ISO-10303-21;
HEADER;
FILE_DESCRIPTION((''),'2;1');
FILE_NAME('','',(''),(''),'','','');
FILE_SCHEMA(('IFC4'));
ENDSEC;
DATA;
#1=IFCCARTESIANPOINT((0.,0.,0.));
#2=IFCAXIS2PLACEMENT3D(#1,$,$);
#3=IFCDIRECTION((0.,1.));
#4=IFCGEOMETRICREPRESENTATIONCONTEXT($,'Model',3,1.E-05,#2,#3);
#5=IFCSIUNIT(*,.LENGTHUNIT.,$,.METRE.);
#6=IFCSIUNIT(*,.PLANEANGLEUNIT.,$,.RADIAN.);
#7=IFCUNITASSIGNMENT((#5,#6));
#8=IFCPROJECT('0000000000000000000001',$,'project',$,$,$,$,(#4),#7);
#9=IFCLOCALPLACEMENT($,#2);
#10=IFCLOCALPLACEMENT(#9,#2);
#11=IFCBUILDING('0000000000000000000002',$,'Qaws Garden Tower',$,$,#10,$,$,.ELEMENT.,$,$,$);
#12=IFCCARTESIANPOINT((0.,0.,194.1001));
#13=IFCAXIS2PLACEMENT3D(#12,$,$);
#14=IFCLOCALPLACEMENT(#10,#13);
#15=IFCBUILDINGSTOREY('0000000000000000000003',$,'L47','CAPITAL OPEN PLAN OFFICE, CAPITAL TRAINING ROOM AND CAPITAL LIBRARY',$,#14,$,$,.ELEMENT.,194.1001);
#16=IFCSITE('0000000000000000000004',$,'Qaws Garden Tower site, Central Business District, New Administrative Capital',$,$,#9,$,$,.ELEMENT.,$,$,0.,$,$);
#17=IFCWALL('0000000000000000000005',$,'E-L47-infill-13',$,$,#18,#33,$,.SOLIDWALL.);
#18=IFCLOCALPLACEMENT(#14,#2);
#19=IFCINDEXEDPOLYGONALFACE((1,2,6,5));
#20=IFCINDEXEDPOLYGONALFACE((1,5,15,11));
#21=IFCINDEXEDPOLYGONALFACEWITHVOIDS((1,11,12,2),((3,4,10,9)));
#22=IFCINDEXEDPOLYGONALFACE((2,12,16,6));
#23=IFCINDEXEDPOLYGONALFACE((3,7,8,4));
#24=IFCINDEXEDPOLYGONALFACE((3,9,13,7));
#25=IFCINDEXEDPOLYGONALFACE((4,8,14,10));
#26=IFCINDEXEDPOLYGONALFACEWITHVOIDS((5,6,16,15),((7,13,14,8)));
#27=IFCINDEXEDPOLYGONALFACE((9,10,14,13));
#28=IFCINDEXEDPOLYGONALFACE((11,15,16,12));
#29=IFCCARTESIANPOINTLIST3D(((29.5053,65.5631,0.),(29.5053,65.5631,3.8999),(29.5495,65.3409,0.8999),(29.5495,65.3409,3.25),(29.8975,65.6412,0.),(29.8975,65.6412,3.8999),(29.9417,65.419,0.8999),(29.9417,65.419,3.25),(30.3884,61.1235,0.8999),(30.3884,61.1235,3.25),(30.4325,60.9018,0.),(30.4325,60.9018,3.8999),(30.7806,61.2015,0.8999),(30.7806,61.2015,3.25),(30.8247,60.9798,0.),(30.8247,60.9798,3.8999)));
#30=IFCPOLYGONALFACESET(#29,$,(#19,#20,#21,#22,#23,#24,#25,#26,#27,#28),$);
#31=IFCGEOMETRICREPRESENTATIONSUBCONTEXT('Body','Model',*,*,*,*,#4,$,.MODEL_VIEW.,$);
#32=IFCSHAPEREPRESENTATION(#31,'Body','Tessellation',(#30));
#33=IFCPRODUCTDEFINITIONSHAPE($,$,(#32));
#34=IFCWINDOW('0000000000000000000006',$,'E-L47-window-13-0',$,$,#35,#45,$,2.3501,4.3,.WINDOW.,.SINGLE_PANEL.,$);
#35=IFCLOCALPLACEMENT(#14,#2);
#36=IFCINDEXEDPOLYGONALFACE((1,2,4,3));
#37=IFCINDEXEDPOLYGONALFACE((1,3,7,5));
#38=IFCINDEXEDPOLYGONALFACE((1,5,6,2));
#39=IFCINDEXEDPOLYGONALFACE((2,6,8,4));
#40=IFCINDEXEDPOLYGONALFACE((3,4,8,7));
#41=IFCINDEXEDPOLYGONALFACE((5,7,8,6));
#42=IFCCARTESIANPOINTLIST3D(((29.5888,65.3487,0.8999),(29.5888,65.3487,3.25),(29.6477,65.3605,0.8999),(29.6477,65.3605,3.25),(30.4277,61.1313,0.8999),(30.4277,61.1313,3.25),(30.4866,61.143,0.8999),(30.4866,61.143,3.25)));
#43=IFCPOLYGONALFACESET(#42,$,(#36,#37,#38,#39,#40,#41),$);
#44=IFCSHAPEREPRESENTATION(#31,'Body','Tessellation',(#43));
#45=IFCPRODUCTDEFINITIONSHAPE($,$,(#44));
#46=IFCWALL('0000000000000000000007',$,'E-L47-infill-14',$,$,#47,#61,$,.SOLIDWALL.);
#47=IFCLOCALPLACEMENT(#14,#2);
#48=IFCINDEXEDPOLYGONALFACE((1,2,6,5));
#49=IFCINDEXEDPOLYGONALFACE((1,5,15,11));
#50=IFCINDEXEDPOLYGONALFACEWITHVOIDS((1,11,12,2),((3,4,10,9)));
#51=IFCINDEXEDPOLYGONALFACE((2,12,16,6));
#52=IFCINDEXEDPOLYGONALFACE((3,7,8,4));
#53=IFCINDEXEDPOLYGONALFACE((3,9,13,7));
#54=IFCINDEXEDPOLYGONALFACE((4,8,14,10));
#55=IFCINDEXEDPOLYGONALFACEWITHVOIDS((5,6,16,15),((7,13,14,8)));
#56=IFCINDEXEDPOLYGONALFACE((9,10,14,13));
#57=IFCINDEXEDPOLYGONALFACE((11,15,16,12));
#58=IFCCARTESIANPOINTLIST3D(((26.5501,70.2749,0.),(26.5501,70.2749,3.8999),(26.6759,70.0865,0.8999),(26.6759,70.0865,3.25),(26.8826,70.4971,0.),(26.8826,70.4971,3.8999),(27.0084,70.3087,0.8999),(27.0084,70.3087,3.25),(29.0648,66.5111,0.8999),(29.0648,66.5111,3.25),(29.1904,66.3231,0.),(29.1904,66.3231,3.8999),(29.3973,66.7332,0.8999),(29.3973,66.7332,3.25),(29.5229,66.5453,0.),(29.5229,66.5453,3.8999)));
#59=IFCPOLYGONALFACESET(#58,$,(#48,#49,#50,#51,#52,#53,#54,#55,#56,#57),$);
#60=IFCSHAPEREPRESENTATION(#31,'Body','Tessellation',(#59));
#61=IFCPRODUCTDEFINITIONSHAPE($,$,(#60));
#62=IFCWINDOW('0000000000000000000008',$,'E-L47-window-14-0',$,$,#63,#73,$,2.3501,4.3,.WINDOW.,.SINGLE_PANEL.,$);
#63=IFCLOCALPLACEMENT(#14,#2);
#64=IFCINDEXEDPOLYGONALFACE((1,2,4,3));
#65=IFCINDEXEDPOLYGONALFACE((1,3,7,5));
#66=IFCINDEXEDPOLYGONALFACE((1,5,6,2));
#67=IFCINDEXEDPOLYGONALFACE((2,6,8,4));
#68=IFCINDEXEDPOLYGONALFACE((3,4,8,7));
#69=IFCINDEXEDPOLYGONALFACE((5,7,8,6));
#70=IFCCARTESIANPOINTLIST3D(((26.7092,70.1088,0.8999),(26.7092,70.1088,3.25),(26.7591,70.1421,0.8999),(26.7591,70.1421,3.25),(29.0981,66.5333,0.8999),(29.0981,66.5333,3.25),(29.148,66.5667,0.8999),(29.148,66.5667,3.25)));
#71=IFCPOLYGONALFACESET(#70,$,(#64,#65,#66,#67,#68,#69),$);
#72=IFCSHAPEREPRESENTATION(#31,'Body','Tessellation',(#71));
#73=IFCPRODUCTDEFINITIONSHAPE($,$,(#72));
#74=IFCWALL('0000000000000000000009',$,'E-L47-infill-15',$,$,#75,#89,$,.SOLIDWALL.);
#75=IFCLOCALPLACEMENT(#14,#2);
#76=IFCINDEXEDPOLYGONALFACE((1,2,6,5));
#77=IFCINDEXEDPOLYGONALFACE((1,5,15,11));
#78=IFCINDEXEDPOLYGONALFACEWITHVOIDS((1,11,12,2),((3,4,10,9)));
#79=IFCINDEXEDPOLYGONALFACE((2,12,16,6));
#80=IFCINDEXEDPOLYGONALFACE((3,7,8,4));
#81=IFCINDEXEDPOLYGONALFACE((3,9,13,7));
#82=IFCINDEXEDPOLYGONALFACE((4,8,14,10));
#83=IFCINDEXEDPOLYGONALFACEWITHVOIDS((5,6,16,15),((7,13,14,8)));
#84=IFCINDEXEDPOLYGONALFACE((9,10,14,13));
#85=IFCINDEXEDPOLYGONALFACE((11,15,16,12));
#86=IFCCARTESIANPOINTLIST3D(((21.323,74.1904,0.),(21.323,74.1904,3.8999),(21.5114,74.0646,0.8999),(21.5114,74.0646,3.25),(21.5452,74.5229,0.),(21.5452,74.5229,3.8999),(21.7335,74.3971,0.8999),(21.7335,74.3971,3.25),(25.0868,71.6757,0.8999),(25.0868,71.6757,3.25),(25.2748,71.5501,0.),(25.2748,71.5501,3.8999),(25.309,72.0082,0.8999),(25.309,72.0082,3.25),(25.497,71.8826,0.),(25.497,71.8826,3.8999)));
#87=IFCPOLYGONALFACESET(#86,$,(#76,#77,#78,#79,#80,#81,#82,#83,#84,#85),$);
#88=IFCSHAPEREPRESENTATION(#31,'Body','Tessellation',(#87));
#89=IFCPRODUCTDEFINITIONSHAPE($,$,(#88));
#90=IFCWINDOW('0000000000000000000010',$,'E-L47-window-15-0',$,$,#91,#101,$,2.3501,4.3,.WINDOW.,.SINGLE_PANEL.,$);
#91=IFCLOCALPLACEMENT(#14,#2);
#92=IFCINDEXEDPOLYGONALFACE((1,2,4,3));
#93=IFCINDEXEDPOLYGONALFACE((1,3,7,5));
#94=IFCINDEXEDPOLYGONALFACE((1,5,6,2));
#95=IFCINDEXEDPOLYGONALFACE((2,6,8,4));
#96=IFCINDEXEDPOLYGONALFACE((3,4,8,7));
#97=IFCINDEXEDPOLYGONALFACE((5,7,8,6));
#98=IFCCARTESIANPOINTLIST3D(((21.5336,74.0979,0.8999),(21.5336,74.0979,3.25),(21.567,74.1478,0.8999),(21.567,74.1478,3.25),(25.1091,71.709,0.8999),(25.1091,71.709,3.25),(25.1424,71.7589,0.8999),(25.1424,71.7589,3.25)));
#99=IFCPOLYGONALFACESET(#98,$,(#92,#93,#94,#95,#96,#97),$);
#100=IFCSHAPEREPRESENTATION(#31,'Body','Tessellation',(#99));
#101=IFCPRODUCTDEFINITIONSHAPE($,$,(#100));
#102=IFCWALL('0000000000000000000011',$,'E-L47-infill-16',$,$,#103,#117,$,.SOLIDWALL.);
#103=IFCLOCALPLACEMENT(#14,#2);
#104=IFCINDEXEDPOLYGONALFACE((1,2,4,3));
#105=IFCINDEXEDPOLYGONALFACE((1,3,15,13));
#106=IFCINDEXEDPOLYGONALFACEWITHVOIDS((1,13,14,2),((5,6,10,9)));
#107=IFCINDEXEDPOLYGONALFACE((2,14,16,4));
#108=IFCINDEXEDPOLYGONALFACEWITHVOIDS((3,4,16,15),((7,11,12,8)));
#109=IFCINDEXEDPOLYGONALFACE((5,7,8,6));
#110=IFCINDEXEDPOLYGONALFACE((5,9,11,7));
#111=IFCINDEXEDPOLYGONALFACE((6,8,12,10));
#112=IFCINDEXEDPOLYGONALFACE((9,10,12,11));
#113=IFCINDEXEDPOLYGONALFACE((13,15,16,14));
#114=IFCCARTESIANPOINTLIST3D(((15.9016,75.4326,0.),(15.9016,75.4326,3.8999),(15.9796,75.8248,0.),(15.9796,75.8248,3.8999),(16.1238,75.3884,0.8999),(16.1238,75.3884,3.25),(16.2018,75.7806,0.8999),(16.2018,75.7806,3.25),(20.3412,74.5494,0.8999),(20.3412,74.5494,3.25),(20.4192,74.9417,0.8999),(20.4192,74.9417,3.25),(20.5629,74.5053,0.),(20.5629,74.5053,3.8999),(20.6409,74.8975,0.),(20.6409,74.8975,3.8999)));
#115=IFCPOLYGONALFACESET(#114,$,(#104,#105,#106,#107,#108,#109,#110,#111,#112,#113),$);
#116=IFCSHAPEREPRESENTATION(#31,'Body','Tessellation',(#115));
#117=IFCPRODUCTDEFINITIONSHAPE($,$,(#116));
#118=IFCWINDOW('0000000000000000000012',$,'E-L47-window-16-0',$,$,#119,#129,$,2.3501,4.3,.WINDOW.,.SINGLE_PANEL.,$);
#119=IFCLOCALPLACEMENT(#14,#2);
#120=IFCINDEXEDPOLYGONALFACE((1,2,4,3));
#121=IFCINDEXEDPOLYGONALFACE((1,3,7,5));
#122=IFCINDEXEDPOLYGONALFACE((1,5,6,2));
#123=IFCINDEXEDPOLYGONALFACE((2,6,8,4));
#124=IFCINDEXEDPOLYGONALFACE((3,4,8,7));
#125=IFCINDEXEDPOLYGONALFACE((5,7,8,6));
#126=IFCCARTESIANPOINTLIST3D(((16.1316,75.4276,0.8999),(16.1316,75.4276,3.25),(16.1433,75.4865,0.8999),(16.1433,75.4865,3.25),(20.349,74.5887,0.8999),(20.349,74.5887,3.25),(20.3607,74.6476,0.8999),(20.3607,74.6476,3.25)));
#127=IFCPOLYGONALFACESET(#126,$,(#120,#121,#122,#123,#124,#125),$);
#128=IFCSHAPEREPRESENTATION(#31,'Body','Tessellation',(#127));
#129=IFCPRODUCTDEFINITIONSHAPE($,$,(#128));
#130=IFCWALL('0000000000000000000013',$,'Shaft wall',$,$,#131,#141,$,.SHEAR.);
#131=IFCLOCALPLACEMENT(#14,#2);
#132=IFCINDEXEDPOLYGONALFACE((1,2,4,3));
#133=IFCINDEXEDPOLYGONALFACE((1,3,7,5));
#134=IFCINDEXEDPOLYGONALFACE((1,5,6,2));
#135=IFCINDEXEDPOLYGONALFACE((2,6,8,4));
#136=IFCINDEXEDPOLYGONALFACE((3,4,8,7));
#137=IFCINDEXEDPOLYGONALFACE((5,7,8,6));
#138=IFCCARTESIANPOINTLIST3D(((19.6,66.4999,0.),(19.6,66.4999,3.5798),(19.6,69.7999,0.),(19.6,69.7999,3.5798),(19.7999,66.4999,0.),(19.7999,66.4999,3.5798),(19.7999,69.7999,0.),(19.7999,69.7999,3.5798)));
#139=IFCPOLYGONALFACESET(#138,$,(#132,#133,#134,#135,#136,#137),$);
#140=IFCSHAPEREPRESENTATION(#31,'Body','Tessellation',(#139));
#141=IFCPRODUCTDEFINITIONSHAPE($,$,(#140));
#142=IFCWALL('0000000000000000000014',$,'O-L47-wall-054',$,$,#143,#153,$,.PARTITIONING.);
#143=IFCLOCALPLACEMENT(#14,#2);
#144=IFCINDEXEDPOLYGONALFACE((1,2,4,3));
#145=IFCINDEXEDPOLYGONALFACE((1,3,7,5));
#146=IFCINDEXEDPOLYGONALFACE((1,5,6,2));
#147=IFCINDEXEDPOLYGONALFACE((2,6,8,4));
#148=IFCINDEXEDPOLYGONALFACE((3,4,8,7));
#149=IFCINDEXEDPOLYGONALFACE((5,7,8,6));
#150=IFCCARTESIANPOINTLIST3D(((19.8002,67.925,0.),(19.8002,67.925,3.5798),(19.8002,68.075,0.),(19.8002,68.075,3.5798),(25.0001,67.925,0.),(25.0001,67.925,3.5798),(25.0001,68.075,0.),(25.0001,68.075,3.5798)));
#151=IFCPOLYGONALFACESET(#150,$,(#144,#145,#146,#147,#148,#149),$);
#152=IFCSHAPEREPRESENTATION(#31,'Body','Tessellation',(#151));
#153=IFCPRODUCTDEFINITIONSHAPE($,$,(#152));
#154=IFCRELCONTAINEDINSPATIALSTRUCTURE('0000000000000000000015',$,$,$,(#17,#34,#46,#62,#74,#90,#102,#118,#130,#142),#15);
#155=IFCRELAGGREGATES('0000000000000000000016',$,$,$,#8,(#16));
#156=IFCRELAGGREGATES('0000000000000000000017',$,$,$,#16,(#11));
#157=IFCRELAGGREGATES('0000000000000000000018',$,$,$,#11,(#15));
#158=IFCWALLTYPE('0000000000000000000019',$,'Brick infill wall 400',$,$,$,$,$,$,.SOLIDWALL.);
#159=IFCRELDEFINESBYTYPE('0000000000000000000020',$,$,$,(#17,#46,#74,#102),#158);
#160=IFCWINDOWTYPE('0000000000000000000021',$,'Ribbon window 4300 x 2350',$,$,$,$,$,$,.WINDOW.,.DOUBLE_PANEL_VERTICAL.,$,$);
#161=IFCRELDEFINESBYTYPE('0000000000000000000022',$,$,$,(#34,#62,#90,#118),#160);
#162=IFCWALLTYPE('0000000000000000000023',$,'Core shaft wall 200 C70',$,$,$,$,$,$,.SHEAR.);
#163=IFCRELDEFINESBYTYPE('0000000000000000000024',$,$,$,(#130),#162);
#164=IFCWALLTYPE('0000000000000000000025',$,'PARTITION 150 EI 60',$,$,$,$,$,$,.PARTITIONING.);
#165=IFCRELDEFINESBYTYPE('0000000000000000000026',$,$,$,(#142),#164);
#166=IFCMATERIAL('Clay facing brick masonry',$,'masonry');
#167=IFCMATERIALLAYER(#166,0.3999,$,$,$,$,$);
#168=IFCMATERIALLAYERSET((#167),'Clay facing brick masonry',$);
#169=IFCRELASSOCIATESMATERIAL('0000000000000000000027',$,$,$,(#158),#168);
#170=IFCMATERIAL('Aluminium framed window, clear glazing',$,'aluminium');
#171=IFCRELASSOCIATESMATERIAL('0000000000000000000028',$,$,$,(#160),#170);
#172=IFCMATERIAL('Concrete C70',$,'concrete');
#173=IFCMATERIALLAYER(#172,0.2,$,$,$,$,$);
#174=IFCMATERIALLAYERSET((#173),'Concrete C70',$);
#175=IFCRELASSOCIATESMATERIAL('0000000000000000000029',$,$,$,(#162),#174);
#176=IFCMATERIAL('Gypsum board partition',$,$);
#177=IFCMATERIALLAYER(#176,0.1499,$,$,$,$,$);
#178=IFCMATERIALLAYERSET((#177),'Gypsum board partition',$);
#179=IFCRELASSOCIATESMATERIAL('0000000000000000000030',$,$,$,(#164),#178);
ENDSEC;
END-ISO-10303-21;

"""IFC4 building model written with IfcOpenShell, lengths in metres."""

from ifc_helpers import new_model, si_unit, direction, frame, frame_2d, origin, place, context, subcontext, project, spatial, rectangle, extrude, material, layer, layer_set, type_object, element, fill, save


model = new_model("IFC4")

# Units and contexts
model_context = context("Model", 3, precision=1e-05, world=origin(), true_north=direction((0.0, 1.0)))
body_context = subcontext(model_context, "Body", "Model", "MODEL_VIEW")
ifc_project = project(units=[si_unit("LENGTHUNIT", "METRE"), si_unit("PLANEANGLEUNIT", "RADIAN")], contexts=[model_context])

# Site, building, storey
site_placement = place(None, origin())
site = spatial("IfcSite", under=ifc_project, at=site_placement, Name="Qaws Garden Tower site, Central Business District, New Administrative Capital", CompositionType="ELEMENT", RefElevation=0.0)
building_placement = place(site_placement, origin())
building = spatial("IfcBuilding", under=site, at=building_placement, Name="Qaws Garden Tower", CompositionType="ELEMENT")
storey_placement = place(building_placement, frame((0.0, 0.0, 194.1001)))
storey = spatial("IfcBuildingStorey", under=building, at=storey_placement, Name="L47", Description="CAPITAL OPEN PLAN OFFICE, CAPITAL TRAINING ROOM AND CAPITAL LIBRARY", CompositionType="ELEMENT", Elevation=194.1001)

# Walls, openings, windows
ifc_material_1 = material(Name="Clay facing brick masonry", Category="masonry")
ifc_layer_1 = layer(ifc_material_1, 0.3999)
ifc_layer_set_1 = layer_set([ifc_layer_1], Name="Clay facing brick masonry")
wall_type_1 = type_object("IfcWallType", Name="Brick infill wall 400", PredefinedType="SOLIDWALL", material=ifc_layer_set_1)
wall_1_placement = place(storey_placement, frame((30.6287, 60.9407, 0.0), z_axis=(0.0, 0.0, 1.0), x_axis=(-0.195099, 0.980784, 0.0)))
wall_1 = element("IfcWall", 1, at=wall_1_placement, inside=storey, type_object=wall_type_1, Name="E-L47-infill-13", PredefinedType="SOLIDWALL", context=body_context, shape_type="SweptSolid", body=[
    extrude(rectangle(XDim=4.7527, YDim=0.3999, at=frame_2d((2.3765, 0.0))), origin(), (0.0, 0.0, 1.0), 3.8999),
])
opening_1_placement = place(wall_1_placement, frame((0.2263, 0.0, 0.8999)))
opening_1 = element("IfcOpeningElement", 2, at=opening_1_placement, cuts=wall_1, PredefinedType="OPENING", context=body_context, shape_type="SweptSolid", body=[
    extrude(rectangle(XDim=4.3, YDim=2.3501, at=frame_2d((2.1499, 1.175))), frame((0.0, 0.21, 0.0), z_axis=(0.0, -1.0, 0.0), x_axis=(1.0, 0.0, 0.0)), (0.0, 0.0, 1.0), 0.4199),
])
ifc_material_2 = material(Name="Aluminium framed window, clear glazing", Category="aluminium")
window_type = type_object("IfcWindowType", Name="Ribbon window 4300 x 2350", PartitioningType="DOUBLE_PANEL_VERTICAL", PredefinedType="WINDOW", material=ifc_material_2)
window_1_placement = place(opening_1_placement, origin())
window_1 = element("IfcWindow", 3, at=window_1_placement, inside=storey, type_object=window_type, Name="E-L47-window-13-0", OverallHeight=2.3501, OverallWidth=4.3, PartitioningType="SINGLE_PANEL", PredefinedType="WINDOW", context=body_context, shape_type="SweptSolid", body=[
    extrude(rectangle(XDim=4.3, YDim=2.3501, at=frame_2d((2.1499, 1.175))), frame((0.0, 0.1599, 0.0), z_axis=(0.0, -1.0, 0.0), x_axis=(1.0, 0.0, 0.0)), (0.0, 0.0, 1.0), 0.0601),
])
fill(opening_1, window_1)
wall_2_placement = place(storey_placement, frame((29.3567, 66.4341, 0.0), z_axis=(0.0, 0.0, 1.0), x_axis=(-0.555542, 0.831489, 0.0)))
wall_2 = element("IfcWall", 4, at=wall_2_placement, inside=storey, type_object=wall_type_1, Name="E-L47-infill-14", PredefinedType="SOLIDWALL", context=body_context, shape_type="SweptSolid", body=[
    extrude(rectangle(XDim=4.7527, YDim=0.3999, at=frame_2d((2.3765, 0.0))), origin(), (0.0, 0.0, 1.0), 3.8999),
])
opening_2_placement = place(wall_2_placement, frame((0.2263, 0.0, 0.8999)))
opening_2 = element("IfcOpeningElement", 5, at=opening_2_placement, cuts=wall_2, PredefinedType="OPENING", context=body_context, shape_type="SweptSolid", body=[
    extrude(rectangle(XDim=4.3, YDim=2.3501, at=frame_2d((2.1499, 1.175))), frame((0.0, 0.21, 0.0), z_axis=(0.0, -1.0, 0.0), x_axis=(1.0, 0.0, 0.0)), (0.0, 0.0, 1.0), 0.4199),
])
window_2_placement = place(opening_2_placement, origin())
window_2 = element("IfcWindow", 6, at=window_2_placement, inside=storey, type_object=window_type, Name="E-L47-window-14-0", OverallHeight=2.3501, OverallWidth=4.3, PartitioningType="SINGLE_PANEL", PredefinedType="WINDOW", context=body_context, shape_type="SweptSolid", body=[
    extrude(rectangle(XDim=4.3, YDim=2.3501, at=frame_2d((2.1499, 1.175))), frame((0.0, 0.1599, 0.0), z_axis=(0.0, -1.0, 0.0), x_axis=(1.0, 0.0, 0.0)), (0.0, 0.0, 1.0), 0.0601),
])
fill(opening_2, window_2)
wall_3_placement = place(storey_placement, frame((25.386, 71.7163, 0.0), z_axis=(0.0, 0.0, 1.0), x_axis=(-0.831489, 0.555542, 0.0)))
wall_3 = element("IfcWall", 7, at=wall_3_placement, inside=storey, type_object=wall_type_1, Name="E-L47-infill-15", PredefinedType="SOLIDWALL", context=body_context, shape_type="SweptSolid", body=[
    extrude(rectangle(XDim=4.7527, YDim=0.3999, at=frame_2d((2.3765, 0.0))), origin(), (0.0, 0.0, 1.0), 3.8999),
])
opening_3_placement = place(wall_3_placement, frame((0.2263, 0.0, 0.8999)))
opening_3 = element("IfcOpeningElement", 8, at=opening_3_placement, cuts=wall_3, PredefinedType="OPENING", context=body_context, shape_type="SweptSolid", body=[
    extrude(rectangle(XDim=4.3, YDim=2.3501, at=frame_2d((2.1499, 1.175))), frame((0.0, 0.21, 0.0), z_axis=(0.0, -1.0, 0.0), x_axis=(1.0, 0.0, 0.0)), (0.0, 0.0, 1.0), 0.4199),
])
window_3_placement = place(opening_3_placement, origin())
window_3 = element("IfcWindow", 9, at=window_3_placement, inside=storey, type_object=window_type, Name="E-L47-window-15-0", OverallHeight=2.3501, OverallWidth=4.3, PartitioningType="SINGLE_PANEL", PredefinedType="WINDOW", context=body_context, shape_type="SweptSolid", body=[
    extrude(rectangle(XDim=4.3, YDim=2.3501, at=frame_2d((2.1499, 1.175))), frame((0.0, 0.1599, 0.0), z_axis=(0.0, -1.0, 0.0), x_axis=(1.0, 0.0, 0.0)), (0.0, 0.0, 1.0), 0.0601),
])
fill(opening_3, window_3)
wall_4_placement = place(storey_placement, frame((20.6021, 74.7014, 0.0), z_axis=(0.0, 0.0, 1.0), x_axis=(-0.980784, 0.195099, 0.0)))
wall_4 = element("IfcWall", 10, at=wall_4_placement, inside=storey, type_object=wall_type_1, Name="E-L47-infill-16", PredefinedType="SOLIDWALL", context=body_context, shape_type="SweptSolid", body=[
    extrude(rectangle(XDim=4.7527, YDim=0.3999, at=frame_2d((2.3765, 0.0))), origin(), (0.0, 0.0, 1.0), 3.8999),
])
opening_4_placement = place(wall_4_placement, frame((0.2263, 0.0, 0.8999)))
opening_4 = element("IfcOpeningElement", 11, at=opening_4_placement, cuts=wall_4, PredefinedType="OPENING", context=body_context, shape_type="SweptSolid", body=[
    extrude(rectangle(XDim=4.3, YDim=2.3501, at=frame_2d((2.1499, 1.175))), frame((0.0, 0.21, 0.0), z_axis=(0.0, -1.0, 0.0), x_axis=(1.0, 0.0, 0.0)), (0.0, 0.0, 1.0), 0.4199),
])
window_4_placement = place(opening_4_placement, origin())
window_4 = element("IfcWindow", 12, at=window_4_placement, inside=storey, type_object=window_type, Name="E-L47-window-16-0", OverallHeight=2.3501, OverallWidth=4.3, PartitioningType="SINGLE_PANEL", PredefinedType="WINDOW", context=body_context, shape_type="SweptSolid", body=[
    extrude(rectangle(XDim=4.3, YDim=2.3501, at=frame_2d((2.1499, 1.175))), frame((0.0, 0.1599, 0.0), z_axis=(0.0, -1.0, 0.0), x_axis=(1.0, 0.0, 0.0)), (0.0, 0.0, 1.0), 0.0601),
])
fill(opening_4, window_4)

# Walls
ifc_material_3 = material(Name="Concrete C70", Category="concrete")
ifc_layer_2 = layer(ifc_material_3, 0.2)
ifc_layer_set_2 = layer_set([ifc_layer_2], Name="Concrete C70")
wall_type_2 = type_object("IfcWallType", Name="Core shaft wall 200 C70", PredefinedType="SHEAR", material=ifc_layer_set_2)
wall_5_placement = place(storey_placement, frame((19.7, 66.5, 0.0), z_axis=(0.0, 0.0, 1.0), x_axis=(0.0, 1.0, 0.0)))
element("IfcWall", 13, at=wall_5_placement, inside=storey, type_object=wall_type_2, Name="Shaft wall", PredefinedType="SHEAR", context=body_context, shape_type="SweptSolid", body=[
    extrude(rectangle(XDim=3.3, YDim=0.2, at=frame_2d((1.6499, 0.0))), origin(), (0.0, 0.0, 1.0), 3.5798),
])
ifc_material_4 = material(Name="Gypsum board partition")
ifc_layer_3 = layer(ifc_material_4, 0.1499)
ifc_layer_set_3 = layer_set([ifc_layer_3], Name="Gypsum board partition")
wall_type_3 = type_object("IfcWallType", Name="PARTITION 150 EI 60", PredefinedType="PARTITIONING", material=ifc_layer_set_3)
wall_6_placement = place(storey_placement, frame((19.8, 68.0, 0.0), z_axis=(0.0, 0.0, 1.0), x_axis=(1.0, 0.0, 0.0)))
element("IfcWall", 14, at=wall_6_placement, inside=storey, type_object=wall_type_3, Name="O-L47-wall-054", PredefinedType="PARTITIONING", context=body_context, shape_type="SweptSolid", body=[
    extrude(rectangle(XDim=5.2, YDim=0.1499, at=frame_2d((2.6001, 0.0))), origin(), (0.0, 0.0, 1.0), 3.5798),
])

save(model, "model.ifc")
